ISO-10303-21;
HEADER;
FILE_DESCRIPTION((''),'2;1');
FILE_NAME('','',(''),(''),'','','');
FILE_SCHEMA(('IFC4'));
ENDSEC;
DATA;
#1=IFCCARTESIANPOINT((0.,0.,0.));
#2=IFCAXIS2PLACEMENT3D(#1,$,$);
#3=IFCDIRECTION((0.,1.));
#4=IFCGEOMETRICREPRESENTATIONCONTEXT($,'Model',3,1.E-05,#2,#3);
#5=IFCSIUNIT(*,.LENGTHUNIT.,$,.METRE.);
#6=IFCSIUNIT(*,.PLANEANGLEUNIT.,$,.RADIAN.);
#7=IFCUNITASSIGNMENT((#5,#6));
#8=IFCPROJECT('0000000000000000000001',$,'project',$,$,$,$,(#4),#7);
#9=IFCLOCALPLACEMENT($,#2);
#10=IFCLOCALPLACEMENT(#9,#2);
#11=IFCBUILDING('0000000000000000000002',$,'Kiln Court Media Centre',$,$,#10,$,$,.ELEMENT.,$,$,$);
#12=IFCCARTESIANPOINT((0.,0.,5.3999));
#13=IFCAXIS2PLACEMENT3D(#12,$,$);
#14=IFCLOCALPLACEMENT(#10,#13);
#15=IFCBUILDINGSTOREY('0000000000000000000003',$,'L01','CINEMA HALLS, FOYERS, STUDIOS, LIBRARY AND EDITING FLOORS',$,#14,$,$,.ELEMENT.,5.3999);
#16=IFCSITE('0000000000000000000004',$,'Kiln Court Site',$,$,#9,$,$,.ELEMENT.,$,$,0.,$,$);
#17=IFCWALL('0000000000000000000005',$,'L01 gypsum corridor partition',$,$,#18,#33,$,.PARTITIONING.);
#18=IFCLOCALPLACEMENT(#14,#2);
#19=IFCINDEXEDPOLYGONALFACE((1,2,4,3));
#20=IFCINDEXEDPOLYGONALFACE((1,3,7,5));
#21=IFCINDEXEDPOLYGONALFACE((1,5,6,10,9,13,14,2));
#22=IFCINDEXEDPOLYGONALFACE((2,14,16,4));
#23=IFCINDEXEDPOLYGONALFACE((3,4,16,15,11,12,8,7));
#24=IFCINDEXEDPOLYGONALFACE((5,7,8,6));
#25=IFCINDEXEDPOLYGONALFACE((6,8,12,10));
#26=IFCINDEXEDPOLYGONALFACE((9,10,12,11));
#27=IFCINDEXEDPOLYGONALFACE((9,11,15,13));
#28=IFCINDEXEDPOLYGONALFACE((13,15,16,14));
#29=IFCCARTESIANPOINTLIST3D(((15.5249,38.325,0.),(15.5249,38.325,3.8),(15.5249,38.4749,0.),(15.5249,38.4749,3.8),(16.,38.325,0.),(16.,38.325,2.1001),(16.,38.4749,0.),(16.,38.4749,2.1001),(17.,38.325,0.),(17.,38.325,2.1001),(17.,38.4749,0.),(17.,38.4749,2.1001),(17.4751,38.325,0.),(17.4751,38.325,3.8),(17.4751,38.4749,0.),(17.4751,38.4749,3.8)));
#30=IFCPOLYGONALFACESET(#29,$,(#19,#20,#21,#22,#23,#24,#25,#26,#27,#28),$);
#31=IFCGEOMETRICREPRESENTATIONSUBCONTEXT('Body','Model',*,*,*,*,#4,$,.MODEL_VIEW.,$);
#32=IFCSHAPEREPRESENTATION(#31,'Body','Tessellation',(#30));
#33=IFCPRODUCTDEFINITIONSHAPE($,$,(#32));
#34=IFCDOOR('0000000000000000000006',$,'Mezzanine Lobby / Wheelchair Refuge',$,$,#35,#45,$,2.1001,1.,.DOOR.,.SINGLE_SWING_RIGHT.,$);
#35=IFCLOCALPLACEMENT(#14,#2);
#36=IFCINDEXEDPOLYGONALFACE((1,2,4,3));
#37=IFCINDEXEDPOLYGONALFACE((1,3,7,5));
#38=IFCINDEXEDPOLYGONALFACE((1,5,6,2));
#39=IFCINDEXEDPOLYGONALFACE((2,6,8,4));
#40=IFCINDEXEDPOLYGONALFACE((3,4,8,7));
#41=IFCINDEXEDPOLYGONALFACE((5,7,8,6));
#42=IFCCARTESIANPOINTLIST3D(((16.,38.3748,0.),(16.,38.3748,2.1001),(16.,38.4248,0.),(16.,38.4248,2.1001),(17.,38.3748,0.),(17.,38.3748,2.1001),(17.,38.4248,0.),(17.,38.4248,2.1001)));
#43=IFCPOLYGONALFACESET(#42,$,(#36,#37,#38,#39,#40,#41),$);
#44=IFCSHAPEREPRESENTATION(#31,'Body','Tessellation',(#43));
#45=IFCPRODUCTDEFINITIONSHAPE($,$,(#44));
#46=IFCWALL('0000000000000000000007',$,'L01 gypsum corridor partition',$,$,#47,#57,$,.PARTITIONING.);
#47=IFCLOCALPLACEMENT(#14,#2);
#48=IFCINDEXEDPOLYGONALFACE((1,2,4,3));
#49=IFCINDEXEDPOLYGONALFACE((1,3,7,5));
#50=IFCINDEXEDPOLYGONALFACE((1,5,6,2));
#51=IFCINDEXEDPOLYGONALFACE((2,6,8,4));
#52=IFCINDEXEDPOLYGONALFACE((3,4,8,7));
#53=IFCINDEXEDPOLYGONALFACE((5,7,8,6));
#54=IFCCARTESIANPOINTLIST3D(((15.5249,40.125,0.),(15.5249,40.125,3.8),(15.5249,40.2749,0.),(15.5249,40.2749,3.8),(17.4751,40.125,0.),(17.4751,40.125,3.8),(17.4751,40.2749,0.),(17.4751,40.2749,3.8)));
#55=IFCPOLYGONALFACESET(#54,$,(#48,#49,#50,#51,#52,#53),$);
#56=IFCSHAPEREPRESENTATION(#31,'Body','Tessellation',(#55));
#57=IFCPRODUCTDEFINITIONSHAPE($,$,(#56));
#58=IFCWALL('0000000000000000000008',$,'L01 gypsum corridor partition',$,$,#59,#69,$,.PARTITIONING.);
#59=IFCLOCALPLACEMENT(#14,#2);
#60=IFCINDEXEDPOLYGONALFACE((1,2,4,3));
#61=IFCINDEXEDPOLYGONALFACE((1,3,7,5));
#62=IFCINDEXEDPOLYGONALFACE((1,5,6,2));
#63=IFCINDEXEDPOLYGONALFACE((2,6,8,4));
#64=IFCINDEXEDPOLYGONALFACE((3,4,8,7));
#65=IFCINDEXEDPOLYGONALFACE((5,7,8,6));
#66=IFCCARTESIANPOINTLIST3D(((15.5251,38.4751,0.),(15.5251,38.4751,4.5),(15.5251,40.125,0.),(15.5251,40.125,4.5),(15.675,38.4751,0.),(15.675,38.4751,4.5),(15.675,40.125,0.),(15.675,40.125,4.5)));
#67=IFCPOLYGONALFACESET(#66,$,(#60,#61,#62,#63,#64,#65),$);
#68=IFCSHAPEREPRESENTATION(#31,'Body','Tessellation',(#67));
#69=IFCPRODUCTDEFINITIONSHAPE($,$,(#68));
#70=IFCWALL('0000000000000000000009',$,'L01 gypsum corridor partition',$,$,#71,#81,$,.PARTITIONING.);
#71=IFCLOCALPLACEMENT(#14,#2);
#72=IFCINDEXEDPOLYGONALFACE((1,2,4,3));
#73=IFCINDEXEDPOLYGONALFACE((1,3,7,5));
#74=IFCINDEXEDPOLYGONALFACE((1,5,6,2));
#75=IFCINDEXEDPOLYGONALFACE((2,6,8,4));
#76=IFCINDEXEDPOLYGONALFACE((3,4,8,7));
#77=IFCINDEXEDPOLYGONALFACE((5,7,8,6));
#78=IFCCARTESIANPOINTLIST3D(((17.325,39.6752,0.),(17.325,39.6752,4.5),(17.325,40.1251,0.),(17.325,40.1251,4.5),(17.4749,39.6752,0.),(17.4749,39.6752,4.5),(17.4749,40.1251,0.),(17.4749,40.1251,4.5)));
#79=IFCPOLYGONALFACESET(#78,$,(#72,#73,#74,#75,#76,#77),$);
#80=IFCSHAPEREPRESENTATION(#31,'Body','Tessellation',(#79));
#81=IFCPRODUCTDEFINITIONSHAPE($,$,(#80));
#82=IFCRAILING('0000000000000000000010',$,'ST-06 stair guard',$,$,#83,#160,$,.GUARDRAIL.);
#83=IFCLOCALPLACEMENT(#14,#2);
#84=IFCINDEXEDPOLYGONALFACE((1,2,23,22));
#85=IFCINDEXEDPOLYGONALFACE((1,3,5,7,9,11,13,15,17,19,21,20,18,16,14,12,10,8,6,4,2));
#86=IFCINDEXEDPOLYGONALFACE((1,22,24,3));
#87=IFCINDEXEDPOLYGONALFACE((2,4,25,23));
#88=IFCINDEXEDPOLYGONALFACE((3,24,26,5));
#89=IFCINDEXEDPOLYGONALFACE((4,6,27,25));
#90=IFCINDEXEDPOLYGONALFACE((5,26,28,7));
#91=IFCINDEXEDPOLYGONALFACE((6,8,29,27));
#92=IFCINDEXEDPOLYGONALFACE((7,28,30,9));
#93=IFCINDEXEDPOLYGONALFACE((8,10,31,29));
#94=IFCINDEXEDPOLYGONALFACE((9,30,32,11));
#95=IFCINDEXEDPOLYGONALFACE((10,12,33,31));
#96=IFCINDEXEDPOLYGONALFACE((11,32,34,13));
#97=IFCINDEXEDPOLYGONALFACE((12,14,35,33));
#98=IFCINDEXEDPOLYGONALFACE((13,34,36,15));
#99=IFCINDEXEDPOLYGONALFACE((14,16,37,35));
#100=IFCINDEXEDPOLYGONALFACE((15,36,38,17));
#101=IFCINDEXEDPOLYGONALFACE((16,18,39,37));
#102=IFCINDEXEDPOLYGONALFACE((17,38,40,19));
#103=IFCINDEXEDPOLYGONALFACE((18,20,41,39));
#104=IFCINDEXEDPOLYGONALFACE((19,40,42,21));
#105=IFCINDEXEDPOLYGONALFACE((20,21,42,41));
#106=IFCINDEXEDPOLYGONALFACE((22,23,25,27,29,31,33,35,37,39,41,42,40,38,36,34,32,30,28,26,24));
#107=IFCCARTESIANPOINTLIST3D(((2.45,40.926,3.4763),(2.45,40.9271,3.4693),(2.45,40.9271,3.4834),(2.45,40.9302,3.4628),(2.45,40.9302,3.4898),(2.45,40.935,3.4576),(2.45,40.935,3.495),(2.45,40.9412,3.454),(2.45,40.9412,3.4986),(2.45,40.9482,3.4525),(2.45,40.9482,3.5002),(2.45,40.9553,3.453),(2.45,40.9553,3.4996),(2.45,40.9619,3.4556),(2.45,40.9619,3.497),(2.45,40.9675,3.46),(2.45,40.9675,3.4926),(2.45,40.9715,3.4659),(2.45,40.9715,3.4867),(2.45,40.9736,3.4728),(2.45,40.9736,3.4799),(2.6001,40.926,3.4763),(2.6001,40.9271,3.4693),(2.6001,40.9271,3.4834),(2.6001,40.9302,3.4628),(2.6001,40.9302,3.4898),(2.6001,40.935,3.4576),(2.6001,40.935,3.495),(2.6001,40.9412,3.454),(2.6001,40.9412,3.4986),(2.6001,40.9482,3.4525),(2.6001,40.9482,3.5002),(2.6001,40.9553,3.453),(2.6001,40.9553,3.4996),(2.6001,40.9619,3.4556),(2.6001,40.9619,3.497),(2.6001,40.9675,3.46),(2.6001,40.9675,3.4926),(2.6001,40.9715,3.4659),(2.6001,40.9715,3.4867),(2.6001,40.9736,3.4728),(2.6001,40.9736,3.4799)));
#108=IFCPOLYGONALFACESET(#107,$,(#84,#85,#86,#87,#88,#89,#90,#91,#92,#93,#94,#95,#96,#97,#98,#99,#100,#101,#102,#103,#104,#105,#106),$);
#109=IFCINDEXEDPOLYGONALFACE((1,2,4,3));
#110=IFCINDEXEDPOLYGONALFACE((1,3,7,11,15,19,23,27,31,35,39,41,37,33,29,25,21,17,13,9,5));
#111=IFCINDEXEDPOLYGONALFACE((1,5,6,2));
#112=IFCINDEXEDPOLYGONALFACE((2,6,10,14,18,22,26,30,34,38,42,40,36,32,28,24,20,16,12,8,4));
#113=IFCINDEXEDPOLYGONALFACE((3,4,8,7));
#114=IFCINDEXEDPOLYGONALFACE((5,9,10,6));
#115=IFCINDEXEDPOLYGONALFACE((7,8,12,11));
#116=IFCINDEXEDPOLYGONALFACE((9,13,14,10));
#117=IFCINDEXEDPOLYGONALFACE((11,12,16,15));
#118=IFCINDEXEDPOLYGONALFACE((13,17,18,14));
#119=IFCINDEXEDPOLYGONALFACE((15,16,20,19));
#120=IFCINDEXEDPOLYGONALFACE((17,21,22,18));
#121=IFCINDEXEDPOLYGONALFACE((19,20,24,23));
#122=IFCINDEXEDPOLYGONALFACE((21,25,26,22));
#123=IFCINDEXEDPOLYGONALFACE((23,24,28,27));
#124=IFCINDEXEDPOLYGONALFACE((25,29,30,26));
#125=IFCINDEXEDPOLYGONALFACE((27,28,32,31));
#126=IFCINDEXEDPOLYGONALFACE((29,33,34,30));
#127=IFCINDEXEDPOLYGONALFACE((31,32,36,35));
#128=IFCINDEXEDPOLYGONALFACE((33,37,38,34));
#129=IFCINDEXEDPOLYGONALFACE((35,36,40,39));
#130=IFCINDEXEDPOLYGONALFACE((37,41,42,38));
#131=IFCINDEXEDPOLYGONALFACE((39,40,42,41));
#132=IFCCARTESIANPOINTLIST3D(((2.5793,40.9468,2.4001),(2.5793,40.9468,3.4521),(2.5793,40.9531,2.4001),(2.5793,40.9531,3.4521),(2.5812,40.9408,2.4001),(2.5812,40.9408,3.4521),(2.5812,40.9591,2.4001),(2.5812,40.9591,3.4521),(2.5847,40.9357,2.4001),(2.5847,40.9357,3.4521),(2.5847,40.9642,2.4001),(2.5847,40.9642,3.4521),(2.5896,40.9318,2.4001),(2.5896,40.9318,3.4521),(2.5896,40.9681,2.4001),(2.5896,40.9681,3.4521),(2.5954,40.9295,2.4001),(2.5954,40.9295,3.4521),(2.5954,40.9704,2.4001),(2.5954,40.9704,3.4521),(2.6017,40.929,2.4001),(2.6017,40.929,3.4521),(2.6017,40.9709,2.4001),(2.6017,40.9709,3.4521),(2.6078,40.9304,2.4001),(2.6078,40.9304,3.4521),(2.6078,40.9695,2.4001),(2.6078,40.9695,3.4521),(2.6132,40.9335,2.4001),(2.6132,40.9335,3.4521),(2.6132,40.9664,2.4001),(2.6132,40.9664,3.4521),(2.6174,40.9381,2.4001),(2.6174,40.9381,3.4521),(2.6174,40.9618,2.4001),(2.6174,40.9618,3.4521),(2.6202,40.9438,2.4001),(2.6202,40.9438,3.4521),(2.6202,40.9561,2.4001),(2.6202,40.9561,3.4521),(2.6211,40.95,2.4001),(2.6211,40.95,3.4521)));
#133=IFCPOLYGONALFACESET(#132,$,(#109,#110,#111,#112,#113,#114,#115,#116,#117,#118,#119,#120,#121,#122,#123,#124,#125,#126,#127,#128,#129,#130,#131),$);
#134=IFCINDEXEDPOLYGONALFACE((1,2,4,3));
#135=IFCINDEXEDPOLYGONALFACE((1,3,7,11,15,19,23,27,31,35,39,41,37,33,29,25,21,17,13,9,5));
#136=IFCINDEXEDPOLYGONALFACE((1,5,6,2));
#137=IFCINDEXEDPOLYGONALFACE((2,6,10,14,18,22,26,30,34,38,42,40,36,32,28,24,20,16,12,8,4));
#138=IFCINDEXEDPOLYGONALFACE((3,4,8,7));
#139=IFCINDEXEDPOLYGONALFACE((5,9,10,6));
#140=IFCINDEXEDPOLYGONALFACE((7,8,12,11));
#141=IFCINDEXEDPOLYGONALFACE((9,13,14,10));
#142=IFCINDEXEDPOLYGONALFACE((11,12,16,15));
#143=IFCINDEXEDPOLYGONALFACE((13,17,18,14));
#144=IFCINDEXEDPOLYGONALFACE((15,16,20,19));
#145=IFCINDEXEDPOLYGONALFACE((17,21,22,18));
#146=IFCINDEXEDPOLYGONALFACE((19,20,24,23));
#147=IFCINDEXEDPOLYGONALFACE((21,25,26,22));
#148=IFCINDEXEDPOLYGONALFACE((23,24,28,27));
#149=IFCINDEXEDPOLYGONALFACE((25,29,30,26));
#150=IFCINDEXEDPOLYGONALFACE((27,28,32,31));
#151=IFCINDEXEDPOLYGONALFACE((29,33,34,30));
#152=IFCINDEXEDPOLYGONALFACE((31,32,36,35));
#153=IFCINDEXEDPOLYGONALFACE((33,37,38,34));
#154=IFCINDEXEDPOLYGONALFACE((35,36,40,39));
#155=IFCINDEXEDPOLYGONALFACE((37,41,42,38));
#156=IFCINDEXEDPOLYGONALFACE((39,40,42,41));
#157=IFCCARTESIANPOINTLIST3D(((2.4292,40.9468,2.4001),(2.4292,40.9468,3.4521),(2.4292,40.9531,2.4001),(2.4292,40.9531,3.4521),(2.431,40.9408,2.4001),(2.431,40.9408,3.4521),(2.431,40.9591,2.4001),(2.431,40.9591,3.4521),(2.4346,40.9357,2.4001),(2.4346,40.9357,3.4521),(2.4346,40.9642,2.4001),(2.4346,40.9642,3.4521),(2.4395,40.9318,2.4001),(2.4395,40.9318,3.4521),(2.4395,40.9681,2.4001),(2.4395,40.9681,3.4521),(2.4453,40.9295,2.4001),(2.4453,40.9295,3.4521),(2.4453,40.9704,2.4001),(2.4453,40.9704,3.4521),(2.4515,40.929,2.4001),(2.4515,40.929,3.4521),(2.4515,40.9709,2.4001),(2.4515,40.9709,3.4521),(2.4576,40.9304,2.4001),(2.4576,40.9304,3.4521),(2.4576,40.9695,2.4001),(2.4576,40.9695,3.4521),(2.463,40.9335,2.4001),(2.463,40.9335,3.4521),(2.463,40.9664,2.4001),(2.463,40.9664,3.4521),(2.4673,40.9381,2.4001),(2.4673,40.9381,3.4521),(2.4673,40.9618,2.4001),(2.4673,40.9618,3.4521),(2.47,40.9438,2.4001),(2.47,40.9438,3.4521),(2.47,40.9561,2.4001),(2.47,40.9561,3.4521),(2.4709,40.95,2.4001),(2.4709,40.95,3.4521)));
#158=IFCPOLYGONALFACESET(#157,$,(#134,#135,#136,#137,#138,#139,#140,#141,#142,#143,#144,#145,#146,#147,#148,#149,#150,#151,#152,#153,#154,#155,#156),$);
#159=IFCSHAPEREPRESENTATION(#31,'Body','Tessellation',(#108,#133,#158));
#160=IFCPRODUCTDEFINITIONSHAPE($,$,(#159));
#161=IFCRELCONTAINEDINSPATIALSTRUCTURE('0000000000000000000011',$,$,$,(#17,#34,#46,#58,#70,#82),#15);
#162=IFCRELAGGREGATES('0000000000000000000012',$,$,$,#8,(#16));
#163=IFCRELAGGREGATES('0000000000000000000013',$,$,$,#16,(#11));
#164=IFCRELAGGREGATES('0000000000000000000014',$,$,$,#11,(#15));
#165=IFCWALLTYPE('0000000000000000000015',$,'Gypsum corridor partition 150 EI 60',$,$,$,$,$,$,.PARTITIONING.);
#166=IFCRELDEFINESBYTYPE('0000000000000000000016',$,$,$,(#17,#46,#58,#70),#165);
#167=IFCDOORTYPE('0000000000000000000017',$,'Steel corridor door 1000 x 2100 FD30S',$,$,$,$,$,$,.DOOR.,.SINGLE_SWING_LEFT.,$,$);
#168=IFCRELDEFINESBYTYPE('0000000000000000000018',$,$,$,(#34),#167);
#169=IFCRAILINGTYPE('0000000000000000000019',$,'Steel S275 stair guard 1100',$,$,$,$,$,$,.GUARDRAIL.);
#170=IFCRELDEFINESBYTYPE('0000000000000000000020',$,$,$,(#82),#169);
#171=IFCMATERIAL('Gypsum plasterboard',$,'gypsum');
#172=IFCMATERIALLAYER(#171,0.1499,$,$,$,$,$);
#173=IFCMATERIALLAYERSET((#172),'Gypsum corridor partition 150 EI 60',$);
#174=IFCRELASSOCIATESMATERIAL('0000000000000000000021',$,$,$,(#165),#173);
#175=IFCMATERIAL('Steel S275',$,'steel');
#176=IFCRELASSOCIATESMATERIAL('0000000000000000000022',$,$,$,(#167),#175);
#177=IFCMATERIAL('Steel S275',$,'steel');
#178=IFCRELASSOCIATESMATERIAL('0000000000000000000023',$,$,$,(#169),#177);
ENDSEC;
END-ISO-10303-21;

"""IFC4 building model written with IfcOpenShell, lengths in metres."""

from ifc_helpers import new_model, si_unit, direction, frame, frame_2d, origin, origin_2d, place, context, subcontext, project, spatial, rectangle, circle, extrude, material, layer, layer_set, type_object, element, fill, save


model = new_model("IFC4")

# Units and contexts
model_context = context("Model", 3, precision=1e-05, world=origin(), true_north=direction((0.0, 1.0)))
body_context = subcontext(model_context, "Body", "Model", "MODEL_VIEW")
ifc_project = project(units=[si_unit("LENGTHUNIT", "METRE"), si_unit("PLANEANGLEUNIT", "RADIAN")], contexts=[model_context])

# Site, building, storey
site_placement = place(None, origin())
site = spatial("IfcSite", under=ifc_project, at=site_placement, Name="Kiln Court Site", CompositionType="ELEMENT", RefElevation=0.0)
building_placement = place(site_placement, origin())
building = spatial("IfcBuilding", under=site, at=building_placement, Name="Kiln Court Media Centre", CompositionType="ELEMENT")
storey_placement = place(building_placement, frame((0.0, 0.0, 5.3999)))
storey = spatial("IfcBuildingStorey", under=building, at=storey_placement, Name="L01", Description="CINEMA HALLS, FOYERS, STUDIOS, LIBRARY AND EDITING FLOORS", CompositionType="ELEMENT", Elevation=5.3999)

# Wall, opening, door
ifc_material_1 = material(Name="Gypsum plasterboard", Category="gypsum")
ifc_layer_1 = layer(ifc_material_1, 0.1499)
ifc_layer_set_1 = layer_set([ifc_layer_1], Name="Gypsum corridor partition 150 EI 60")
wall_type_1 = type_object("IfcWallType", Name="Gypsum corridor partition 150 EI 60", PredefinedType="PARTITIONING", material=ifc_layer_set_1)
wall_1_placement = place(storey_placement, frame((15.5249, 38.3999, 0.0), z_axis=(0.0, 0.0, 1.0), x_axis=(1.0, 0.0, 0.0)))
wall_1 = element("IfcWall", 1, at=wall_1_placement, inside=storey, type_object=wall_type_1, Name="L01 gypsum corridor partition", PredefinedType="PARTITIONING", context=body_context, shape_type="SweptSolid", body=[
    extrude(rectangle(XDim=1.9502, YDim=0.1499, at=frame_2d((0.9751, 0.0))), origin(), (0.0, 0.0, 1.0), 3.8),
])
opening_1_placement = place(wall_1_placement, frame((0.4751, 0.0, 0.0)))
opening_1 = element("IfcOpeningElement", 2, at=opening_1_placement, cuts=wall_1, PredefinedType="OPENING", context=body_context, shape_type="SweptSolid", body=[
    extrude(rectangle(XDim=1.0, YDim=2.1001, at=frame_2d((0.5, 1.05))), frame((0.0, 0.085, 0.0), z_axis=(0.0, -1.0, 0.0), x_axis=(1.0, 0.0, 0.0)), (0.0, 0.0, 1.0), 0.1699),
])
ifc_material_2 = material(Name="Steel S275", Category="steel")
door_type_1 = type_object("IfcDoorType", Name="Steel corridor door 1000 x 2100 FD30S", OperationType="SINGLE_SWING_LEFT", PredefinedType="DOOR", material=ifc_material_2)
door_1_placement = place(opening_1_placement, origin())
door_1 = element("IfcDoor", 3, at=door_1_placement, inside=storey, type_object=door_type_1, Name="Mezzanine Lobby / Wheelchair Refuge", OperationType="SINGLE_SWING_RIGHT", OverallHeight=2.1001, OverallWidth=1.0, PredefinedType="DOOR", context=body_context, shape_type="SweptSolid", body=[
    extrude(rectangle(XDim=1.0, YDim=2.1001, at=frame_2d((0.5, 1.05))), frame((0.0, 0.0249, 0.0), z_axis=(0.0, -1.0, 0.0), x_axis=(1.0, 0.0, 0.0)), (0.0, 0.0, 1.0), 0.05),
])
fill(opening_1, door_1)

# Walls
wall_2_placement = place(storey_placement, frame((15.5249, 40.2, 0.0), z_axis=(0.0, 0.0, 1.0), x_axis=(1.0, 0.0, 0.0)))
element("IfcWall", 4, at=wall_2_placement, inside=storey, type_object=wall_type_1, Name="L01 gypsum corridor partition", PredefinedType="PARTITIONING", context=body_context, shape_type="SweptSolid", body=[
    extrude(rectangle(XDim=1.9502, YDim=0.1499, at=frame_2d((0.9751, 0.0))), origin(), (0.0, 0.0, 1.0), 3.8),
])
wall_3_placement = place(storey_placement, frame((15.6001, 38.4751, 0.0), z_axis=(0.0, 0.0, 1.0), x_axis=(0.0, 1.0, 0.0)))
element("IfcWall", 5, at=wall_3_placement, inside=storey, type_object=wall_type_1, Name="L01 gypsum corridor partition", PredefinedType="PARTITIONING", context=body_context, shape_type="SweptSolid", body=[
    extrude(rectangle(XDim=1.6499, YDim=0.1499, at=frame_2d((0.825, 0.0))), origin(), (0.0, 0.0, 1.0), 4.5),
])
wall_4_placement = place(storey_placement, frame((17.3999, 39.675, 0.0), z_axis=(0.0, 0.0, 1.0), x_axis=(0.0, 1.0, 0.0)))
element("IfcWall", 6, at=wall_4_placement, inside=storey, type_object=wall_type_1, Name="L01 gypsum corridor partition", PredefinedType="PARTITIONING", context=body_context, shape_type="SweptSolid", body=[
    extrude(rectangle(XDim=0.45, YDim=0.1499, at=frame_2d((0.2251, 0.0))), origin(), (0.0, 0.0, 1.0), 4.5),
])

# Railing
ifc_material_3 = material(Name="Steel S275", Category="steel")
railing_type_1 = type_object("IfcRailingType", Name="Steel S275 stair guard 1100", PredefinedType="GUARDRAIL", material=ifc_material_3)
railing_1_placement = place(storey_placement, frame((2.6001, 40.95, 2.4001)))
element("IfcRailing", 7, at=railing_1_placement, inside=storey, type_object=railing_type_1, Name="ST-06 stair guard", PredefinedType="GUARDRAIL", context=body_context, shape_type="SweptSolid", body=[
    extrude(circle(Radius=0.0239, at=origin_2d()), frame((0.0, 0.0, 1.0762), z_axis=(-1.0, 0.0, 0.0), x_axis=(0.0, -1.0, 0.0)), (0.0, 0.0, 1.0), 0.1501),
    extrude(circle(Radius=0.021, at=origin_2d()), origin(), (0.0, 0.0, 1.0), 1.052),
    extrude(circle(Radius=0.021, at=origin_2d()), frame((-0.1501, 0.0, 0.0)), (0.0, 0.0, 1.0), 1.052),
])

save(model, "model.ifc")
